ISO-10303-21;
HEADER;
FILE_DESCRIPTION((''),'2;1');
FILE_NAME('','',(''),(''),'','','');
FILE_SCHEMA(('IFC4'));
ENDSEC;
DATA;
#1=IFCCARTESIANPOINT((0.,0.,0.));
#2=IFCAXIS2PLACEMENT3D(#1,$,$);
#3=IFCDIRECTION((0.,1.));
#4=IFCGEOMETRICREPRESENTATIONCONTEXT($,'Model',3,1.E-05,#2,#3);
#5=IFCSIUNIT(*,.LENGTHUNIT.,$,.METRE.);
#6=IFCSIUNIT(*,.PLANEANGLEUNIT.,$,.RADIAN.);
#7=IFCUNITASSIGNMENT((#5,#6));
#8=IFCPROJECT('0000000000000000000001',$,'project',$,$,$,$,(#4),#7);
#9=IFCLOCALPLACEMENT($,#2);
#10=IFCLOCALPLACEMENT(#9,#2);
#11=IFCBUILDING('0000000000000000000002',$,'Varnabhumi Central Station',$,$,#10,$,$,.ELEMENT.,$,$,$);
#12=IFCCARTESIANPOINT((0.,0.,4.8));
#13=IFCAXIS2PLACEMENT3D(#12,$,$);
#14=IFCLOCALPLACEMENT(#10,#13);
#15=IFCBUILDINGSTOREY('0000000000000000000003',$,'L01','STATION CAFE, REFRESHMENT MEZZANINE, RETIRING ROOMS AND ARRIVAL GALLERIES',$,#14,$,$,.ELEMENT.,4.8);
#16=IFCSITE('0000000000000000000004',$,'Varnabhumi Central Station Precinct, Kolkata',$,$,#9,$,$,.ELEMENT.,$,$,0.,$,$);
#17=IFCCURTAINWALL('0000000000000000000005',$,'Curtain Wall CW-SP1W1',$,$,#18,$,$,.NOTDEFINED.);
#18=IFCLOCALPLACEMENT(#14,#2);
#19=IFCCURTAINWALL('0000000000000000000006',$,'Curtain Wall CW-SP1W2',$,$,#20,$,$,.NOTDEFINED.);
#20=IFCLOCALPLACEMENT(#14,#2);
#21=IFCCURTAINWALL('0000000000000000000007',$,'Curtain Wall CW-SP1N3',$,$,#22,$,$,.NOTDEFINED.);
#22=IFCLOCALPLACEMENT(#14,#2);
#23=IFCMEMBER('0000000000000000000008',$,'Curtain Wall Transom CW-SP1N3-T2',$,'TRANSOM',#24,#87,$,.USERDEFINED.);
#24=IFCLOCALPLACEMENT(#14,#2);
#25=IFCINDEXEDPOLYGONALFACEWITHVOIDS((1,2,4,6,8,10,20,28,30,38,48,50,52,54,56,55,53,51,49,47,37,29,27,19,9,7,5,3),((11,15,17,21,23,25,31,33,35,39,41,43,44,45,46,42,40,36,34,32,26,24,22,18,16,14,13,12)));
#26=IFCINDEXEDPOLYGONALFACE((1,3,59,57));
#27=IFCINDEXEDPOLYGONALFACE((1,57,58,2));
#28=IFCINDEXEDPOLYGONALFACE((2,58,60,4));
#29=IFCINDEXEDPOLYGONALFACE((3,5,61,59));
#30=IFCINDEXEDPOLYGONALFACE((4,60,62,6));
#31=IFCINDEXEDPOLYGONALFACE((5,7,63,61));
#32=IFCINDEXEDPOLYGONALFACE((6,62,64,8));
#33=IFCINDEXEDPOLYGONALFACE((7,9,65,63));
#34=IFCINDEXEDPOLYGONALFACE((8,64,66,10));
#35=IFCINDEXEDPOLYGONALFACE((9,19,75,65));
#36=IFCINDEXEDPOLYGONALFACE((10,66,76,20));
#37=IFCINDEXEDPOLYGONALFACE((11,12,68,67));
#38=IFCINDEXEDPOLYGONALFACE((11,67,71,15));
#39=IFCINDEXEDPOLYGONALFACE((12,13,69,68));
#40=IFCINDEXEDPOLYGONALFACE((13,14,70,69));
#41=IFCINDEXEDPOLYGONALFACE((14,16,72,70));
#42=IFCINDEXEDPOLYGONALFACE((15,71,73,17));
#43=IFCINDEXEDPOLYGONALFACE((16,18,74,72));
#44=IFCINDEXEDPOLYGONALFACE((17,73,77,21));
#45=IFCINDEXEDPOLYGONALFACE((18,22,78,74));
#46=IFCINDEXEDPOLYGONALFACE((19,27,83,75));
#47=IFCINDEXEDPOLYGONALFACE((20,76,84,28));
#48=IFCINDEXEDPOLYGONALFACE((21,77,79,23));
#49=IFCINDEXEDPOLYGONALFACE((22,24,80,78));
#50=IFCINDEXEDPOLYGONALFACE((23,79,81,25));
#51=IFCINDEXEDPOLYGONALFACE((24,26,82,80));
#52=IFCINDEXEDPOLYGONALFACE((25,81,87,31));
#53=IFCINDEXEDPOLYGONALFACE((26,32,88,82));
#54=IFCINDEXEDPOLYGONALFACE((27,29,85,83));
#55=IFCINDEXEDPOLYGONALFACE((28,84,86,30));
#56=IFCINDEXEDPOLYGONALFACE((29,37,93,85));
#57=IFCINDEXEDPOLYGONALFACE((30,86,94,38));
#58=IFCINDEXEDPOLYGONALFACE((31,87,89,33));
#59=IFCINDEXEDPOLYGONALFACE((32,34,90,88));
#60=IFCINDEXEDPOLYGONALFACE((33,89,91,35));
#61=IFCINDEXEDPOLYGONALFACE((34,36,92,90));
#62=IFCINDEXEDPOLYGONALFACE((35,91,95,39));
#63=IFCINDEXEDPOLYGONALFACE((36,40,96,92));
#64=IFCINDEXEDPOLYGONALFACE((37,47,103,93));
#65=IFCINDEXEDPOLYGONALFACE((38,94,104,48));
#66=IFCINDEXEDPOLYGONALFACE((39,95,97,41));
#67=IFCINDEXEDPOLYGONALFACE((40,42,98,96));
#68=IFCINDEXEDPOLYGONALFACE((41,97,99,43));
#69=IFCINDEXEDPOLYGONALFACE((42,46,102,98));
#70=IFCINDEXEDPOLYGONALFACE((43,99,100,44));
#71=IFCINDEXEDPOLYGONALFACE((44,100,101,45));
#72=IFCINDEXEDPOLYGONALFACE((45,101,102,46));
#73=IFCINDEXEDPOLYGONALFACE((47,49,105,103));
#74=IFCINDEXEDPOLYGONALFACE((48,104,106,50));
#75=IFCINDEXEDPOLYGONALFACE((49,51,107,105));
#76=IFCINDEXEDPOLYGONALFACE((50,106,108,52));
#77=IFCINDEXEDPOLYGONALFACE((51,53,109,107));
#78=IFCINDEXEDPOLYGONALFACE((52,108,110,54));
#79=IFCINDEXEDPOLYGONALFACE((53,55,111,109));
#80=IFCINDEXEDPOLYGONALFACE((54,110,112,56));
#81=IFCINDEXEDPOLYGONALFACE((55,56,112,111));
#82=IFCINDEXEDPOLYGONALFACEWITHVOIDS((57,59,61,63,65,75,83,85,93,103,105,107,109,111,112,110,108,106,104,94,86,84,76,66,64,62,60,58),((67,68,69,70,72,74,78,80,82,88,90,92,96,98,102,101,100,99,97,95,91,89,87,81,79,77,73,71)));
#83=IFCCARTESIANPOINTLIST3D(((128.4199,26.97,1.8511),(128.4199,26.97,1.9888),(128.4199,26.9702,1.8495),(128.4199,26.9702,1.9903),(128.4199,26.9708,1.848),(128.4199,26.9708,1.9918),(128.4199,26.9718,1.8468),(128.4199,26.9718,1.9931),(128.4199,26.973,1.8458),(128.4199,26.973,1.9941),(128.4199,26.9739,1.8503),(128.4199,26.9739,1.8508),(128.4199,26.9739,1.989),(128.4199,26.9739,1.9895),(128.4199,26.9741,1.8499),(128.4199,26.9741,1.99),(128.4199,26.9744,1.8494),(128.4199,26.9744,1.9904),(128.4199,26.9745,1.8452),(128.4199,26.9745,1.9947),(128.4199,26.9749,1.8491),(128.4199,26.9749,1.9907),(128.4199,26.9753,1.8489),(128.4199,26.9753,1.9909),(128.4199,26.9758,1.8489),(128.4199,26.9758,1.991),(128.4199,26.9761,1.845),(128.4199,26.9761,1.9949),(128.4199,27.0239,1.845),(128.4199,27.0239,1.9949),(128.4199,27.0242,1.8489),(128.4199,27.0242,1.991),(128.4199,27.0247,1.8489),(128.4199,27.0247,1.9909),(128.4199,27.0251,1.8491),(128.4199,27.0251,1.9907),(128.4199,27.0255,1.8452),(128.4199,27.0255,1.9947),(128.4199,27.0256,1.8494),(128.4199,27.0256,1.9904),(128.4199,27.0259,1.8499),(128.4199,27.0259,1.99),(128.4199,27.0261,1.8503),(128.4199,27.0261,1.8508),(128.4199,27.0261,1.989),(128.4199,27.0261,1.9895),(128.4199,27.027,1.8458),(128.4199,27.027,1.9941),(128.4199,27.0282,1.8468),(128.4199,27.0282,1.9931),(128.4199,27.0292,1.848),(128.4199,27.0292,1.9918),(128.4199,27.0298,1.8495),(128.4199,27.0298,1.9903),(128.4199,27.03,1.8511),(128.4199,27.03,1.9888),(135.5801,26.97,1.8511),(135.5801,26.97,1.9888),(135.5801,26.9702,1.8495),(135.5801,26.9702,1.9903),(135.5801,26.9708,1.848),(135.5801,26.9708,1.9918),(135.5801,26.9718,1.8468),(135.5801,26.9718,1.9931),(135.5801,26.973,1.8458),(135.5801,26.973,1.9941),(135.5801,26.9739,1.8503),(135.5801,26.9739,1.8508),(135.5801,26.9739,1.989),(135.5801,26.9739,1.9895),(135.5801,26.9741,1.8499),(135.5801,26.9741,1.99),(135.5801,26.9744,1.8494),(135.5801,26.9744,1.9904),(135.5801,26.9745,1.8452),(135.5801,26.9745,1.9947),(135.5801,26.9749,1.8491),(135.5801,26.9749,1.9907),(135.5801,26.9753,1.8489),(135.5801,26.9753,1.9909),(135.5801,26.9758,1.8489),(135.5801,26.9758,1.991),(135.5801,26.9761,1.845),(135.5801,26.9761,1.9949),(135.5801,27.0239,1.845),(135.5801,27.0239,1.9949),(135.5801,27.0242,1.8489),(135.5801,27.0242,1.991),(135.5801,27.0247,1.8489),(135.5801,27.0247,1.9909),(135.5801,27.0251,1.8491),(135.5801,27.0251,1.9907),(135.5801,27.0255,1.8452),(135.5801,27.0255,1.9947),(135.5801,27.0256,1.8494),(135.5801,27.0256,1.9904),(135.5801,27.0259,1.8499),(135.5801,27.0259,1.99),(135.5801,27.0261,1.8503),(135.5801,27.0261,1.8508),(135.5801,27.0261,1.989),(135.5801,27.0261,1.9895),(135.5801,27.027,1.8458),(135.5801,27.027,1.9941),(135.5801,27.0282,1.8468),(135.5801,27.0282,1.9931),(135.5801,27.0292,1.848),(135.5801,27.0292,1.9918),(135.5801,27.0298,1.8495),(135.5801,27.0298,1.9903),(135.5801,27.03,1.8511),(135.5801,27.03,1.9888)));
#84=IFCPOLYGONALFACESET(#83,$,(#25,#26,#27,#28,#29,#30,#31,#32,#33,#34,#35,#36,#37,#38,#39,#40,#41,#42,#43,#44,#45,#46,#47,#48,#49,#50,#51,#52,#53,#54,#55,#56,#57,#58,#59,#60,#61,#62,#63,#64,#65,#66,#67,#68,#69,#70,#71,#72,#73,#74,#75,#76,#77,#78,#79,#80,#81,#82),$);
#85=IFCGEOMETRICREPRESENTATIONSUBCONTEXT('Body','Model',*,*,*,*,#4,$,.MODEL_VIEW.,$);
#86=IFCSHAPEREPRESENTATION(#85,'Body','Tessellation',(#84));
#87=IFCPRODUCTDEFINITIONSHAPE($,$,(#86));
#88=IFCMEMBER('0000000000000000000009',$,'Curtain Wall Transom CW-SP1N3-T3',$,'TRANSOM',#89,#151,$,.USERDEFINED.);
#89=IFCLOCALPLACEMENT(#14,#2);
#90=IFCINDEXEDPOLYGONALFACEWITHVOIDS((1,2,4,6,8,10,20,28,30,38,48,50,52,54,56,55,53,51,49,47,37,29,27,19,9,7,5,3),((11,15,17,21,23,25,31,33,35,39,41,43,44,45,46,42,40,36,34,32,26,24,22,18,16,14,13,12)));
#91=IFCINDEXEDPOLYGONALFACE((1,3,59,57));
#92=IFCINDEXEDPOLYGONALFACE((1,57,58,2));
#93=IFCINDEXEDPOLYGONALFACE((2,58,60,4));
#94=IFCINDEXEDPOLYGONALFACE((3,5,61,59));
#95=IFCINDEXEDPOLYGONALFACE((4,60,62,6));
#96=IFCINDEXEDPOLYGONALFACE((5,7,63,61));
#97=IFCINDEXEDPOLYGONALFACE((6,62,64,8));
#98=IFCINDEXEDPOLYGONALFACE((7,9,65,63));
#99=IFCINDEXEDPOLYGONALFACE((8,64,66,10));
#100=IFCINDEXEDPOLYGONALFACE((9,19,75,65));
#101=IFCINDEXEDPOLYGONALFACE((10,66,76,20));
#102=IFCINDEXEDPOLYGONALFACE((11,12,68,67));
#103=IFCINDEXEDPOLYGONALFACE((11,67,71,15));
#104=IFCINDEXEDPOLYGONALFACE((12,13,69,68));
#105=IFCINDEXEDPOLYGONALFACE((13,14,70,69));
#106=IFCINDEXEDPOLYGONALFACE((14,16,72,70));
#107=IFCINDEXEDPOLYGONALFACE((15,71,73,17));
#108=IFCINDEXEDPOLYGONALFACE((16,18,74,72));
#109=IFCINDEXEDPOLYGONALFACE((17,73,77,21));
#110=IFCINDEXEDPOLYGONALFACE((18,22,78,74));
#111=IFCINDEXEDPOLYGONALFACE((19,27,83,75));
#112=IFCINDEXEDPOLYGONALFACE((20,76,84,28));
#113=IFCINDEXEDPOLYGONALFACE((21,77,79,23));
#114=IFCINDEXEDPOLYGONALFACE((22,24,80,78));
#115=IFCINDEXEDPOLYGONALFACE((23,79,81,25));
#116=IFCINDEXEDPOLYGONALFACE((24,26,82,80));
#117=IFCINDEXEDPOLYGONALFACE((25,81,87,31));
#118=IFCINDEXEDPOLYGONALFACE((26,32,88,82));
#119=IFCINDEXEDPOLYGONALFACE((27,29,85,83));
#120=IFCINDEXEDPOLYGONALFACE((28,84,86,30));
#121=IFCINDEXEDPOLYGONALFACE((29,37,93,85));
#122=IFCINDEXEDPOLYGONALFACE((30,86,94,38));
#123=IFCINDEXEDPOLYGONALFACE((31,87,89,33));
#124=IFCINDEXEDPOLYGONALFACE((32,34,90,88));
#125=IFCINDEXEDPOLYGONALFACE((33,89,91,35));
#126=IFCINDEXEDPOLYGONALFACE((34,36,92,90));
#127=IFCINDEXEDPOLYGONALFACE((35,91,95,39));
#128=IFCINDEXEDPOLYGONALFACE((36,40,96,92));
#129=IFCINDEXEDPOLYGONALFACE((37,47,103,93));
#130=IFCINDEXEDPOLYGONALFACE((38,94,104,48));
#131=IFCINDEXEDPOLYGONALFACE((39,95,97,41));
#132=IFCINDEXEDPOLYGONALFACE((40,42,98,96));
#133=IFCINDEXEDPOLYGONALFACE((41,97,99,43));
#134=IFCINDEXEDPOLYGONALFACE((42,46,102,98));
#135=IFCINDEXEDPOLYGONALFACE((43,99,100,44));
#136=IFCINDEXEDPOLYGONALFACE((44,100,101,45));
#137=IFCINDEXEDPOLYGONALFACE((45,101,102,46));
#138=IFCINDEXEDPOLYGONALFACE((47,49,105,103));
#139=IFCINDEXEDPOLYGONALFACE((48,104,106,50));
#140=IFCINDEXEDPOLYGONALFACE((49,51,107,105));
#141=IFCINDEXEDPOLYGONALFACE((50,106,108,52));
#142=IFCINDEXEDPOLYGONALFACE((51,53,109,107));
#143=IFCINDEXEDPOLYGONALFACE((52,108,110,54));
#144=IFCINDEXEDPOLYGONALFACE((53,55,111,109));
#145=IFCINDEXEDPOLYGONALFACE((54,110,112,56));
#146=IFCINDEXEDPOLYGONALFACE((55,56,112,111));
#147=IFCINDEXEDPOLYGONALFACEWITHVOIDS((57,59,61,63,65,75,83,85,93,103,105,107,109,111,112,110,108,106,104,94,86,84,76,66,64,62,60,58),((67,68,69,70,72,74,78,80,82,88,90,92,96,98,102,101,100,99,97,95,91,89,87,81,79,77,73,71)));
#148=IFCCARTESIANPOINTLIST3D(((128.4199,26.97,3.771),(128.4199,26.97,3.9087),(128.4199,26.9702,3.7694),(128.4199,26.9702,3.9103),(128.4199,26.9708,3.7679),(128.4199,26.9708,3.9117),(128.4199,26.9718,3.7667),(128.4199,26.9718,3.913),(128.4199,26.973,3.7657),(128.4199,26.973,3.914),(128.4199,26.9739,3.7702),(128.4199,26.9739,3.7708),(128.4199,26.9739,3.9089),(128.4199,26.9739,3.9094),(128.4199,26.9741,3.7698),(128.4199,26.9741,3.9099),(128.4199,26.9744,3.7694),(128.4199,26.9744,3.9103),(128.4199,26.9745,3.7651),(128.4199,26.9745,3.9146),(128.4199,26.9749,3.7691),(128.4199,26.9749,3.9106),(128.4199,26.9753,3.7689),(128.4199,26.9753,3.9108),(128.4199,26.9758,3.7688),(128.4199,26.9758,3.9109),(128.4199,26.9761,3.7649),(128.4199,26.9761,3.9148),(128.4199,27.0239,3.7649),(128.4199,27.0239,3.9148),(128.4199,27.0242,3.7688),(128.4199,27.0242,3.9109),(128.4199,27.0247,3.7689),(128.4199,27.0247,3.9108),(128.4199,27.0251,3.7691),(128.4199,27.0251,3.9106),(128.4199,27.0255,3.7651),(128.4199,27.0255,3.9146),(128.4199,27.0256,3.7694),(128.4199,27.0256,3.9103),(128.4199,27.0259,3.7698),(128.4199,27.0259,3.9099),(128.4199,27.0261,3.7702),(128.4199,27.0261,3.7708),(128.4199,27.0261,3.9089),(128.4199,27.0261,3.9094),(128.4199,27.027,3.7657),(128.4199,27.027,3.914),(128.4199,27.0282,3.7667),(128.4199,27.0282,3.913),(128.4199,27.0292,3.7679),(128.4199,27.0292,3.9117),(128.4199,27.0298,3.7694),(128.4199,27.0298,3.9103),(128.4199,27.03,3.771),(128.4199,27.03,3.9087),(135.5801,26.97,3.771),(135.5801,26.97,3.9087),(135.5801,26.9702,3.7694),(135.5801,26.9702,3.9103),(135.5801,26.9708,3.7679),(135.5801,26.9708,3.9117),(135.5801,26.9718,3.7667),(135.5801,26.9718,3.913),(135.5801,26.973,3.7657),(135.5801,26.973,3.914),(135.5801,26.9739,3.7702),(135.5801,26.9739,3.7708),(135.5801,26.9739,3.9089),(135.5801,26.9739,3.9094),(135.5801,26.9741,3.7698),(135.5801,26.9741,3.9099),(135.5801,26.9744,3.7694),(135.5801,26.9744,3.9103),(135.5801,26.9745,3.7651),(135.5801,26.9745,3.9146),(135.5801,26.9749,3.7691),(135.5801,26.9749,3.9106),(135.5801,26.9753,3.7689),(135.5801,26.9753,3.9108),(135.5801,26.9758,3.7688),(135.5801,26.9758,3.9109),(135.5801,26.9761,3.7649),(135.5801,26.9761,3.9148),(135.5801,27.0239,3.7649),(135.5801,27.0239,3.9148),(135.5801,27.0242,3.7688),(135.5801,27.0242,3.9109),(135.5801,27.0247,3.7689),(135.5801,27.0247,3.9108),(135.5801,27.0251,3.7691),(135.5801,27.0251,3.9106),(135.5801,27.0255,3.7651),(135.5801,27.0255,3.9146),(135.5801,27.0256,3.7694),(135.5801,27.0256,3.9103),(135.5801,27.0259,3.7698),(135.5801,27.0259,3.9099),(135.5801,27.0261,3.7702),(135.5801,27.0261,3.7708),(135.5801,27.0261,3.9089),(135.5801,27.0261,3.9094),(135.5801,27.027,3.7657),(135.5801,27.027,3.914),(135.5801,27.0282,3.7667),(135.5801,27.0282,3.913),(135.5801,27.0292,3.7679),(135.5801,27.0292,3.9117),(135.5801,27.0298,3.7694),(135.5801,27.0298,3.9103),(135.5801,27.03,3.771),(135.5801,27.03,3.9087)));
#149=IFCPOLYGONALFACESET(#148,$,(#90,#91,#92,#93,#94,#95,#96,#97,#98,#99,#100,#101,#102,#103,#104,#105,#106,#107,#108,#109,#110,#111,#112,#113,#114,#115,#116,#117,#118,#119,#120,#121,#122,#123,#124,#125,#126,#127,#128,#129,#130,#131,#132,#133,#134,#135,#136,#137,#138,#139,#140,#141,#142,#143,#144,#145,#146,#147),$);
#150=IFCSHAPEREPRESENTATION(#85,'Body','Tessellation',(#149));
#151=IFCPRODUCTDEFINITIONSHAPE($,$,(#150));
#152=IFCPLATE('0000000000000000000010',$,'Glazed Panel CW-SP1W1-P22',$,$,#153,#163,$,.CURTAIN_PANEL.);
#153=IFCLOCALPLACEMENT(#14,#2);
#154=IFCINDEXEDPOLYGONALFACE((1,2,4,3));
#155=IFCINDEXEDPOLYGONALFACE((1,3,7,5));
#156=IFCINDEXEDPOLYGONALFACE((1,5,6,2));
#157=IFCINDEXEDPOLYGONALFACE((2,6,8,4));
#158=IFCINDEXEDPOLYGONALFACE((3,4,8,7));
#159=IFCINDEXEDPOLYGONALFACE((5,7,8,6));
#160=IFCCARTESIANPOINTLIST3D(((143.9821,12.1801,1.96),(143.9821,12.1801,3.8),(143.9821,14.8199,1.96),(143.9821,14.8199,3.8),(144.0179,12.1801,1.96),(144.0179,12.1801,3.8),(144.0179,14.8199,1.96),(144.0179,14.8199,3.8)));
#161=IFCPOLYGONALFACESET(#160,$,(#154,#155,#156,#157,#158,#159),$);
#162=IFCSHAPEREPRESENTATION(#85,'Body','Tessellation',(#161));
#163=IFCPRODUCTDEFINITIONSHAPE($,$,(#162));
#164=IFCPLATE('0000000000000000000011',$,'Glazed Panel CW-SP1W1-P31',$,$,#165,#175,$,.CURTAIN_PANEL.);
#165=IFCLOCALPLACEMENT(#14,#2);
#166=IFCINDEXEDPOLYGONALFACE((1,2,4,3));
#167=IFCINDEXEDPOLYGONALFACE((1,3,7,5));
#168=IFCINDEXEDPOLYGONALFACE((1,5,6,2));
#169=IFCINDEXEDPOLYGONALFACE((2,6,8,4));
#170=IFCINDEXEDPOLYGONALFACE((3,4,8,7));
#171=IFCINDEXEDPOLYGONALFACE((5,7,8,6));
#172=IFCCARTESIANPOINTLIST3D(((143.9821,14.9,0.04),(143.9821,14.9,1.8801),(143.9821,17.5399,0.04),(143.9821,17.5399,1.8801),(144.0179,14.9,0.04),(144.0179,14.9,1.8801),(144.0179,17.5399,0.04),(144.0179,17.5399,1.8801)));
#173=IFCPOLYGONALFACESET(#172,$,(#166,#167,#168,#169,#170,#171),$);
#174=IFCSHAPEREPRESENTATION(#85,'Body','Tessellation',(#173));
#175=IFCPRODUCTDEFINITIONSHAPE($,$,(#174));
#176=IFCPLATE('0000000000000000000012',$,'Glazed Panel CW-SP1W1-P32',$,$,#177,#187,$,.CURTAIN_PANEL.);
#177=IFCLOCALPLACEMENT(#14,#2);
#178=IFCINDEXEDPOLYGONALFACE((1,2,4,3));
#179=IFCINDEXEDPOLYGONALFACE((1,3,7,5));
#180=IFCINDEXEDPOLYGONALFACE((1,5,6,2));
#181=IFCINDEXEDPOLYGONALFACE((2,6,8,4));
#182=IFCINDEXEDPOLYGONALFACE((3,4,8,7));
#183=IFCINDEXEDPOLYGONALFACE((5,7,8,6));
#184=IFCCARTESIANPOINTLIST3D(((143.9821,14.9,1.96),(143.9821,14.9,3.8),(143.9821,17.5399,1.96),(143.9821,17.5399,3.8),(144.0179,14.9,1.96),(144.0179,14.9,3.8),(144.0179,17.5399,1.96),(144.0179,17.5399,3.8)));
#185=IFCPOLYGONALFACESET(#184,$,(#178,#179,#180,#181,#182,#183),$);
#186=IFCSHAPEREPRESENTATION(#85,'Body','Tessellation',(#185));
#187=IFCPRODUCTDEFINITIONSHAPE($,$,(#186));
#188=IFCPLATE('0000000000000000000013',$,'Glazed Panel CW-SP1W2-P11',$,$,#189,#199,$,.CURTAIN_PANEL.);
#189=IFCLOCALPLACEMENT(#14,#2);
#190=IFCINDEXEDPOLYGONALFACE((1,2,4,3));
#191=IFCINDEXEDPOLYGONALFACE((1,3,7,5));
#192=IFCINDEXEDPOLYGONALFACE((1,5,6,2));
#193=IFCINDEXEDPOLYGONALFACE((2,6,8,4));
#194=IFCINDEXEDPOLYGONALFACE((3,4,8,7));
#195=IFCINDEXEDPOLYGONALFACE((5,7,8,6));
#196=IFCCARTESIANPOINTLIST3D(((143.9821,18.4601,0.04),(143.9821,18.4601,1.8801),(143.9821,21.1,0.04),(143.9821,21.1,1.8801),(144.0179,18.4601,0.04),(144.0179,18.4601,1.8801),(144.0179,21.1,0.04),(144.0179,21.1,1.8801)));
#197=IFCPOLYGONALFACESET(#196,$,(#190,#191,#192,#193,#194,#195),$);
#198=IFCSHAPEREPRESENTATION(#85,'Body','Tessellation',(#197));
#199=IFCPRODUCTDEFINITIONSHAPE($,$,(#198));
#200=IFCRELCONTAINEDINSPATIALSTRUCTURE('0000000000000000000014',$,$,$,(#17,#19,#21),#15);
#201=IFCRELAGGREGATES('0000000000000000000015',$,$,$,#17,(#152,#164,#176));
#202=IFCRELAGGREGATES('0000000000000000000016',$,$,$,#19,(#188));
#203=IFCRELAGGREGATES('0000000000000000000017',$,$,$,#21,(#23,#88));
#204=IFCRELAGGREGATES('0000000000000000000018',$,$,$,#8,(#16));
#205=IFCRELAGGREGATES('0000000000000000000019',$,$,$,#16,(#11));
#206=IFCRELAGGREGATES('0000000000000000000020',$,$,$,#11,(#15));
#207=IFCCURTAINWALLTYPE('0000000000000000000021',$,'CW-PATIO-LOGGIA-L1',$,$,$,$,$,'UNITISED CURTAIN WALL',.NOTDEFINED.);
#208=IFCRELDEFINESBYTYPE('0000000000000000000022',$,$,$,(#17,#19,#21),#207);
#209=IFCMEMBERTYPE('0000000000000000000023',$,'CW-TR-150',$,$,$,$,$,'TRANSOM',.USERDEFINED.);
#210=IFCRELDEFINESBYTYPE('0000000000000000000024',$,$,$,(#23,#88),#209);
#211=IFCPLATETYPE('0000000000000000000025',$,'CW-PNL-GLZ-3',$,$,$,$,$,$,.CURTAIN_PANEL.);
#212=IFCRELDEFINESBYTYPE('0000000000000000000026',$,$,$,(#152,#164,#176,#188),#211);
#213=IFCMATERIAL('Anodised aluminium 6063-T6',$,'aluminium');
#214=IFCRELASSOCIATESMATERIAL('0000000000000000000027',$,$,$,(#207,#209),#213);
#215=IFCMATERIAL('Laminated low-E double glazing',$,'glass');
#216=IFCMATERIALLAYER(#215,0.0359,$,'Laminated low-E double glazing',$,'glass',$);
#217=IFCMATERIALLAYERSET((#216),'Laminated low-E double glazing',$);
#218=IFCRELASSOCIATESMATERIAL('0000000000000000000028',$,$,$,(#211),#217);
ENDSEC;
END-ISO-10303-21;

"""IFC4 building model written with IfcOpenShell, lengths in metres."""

from ifc_helpers import new_model, si_unit, direction, frame, origin, origin_2d, place, context, subcontext, project, spatial, rectangle, hollow_rectangle, extrude, material, layer, layer_set, material_profile, profile_set, type_object, element, aggregate, save


model = new_model("IFC4")

# Units and contexts
model_context = context("Model", 3, precision=1e-05, world=origin(), true_north=direction((0.0, 1.0)))
body_context = subcontext(model_context, "Body", "Model", "MODEL_VIEW")
ifc_project = project(units=[si_unit("LENGTHUNIT", "METRE"), si_unit("PLANEANGLEUNIT", "RADIAN")], contexts=[model_context])

# Site, building, storey
site_placement = place(None, origin())
site = spatial("IfcSite", under=ifc_project, at=site_placement, Name="Varnabhumi Central Station Precinct, Kolkata", CompositionType="ELEMENT", RefElevation=0.0)
building_placement = place(site_placement, origin())
building = spatial("IfcBuilding", under=site, at=building_placement, Name="Varnabhumi Central Station", CompositionType="ELEMENT")
storey_placement = place(building_placement, frame((0.0, 0.0, 4.8)))
storey = spatial("IfcBuildingStorey", under=building, at=storey_placement, Name="L01", Description="STATION CAFE, REFRESHMENT MEZZANINE, RETIRING ROOMS AND ARRIVAL GALLERIES", CompositionType="ELEMENT", Elevation=4.8)

# Curtain walls
ifc_material_1 = material(Name="Anodised aluminium 6063-T6", Category="aluminium")
curtain_wall_type = type_object("IfcCurtainWallType", Name="CW-PATIO-LOGGIA-L1", ElementType="UNITISED CURTAIN WALL", PredefinedType="NOTDEFINED", material=ifc_material_1)
curtain_wall_1_placement = place(storey_placement, origin())
curtain_wall_1 = element("IfcCurtainWall", 1, at=curtain_wall_1_placement, inside=storey, type_object=curtain_wall_type, Name="Curtain Wall CW-SP1W1", PredefinedType="NOTDEFINED")
curtain_wall_2_placement = place(storey_placement, origin())
curtain_wall_2 = element("IfcCurtainWall", 2, at=curtain_wall_2_placement, inside=storey, type_object=curtain_wall_type, Name="Curtain Wall CW-SP1W2", PredefinedType="NOTDEFINED")
curtain_wall_3_placement = place(storey_placement, origin())
curtain_wall_3 = element("IfcCurtainWall", 3, at=curtain_wall_3_placement, inside=storey, type_object=curtain_wall_type, Name="Curtain Wall CW-SP1N3", PredefinedType="NOTDEFINED")

# Members
ifc_material_profile_1 = material_profile(ifc_material_1, hollow_rectangle(XDim=0.0601, YDim=0.1499, WallThickness=0.0039, InnerFilletRadius=0.002, OuterFilletRadius=0.0061, at=origin_2d()), Name="Anodised aluminium 6063-T6", Category="aluminium")
ifc_profile_set_1 = profile_set([ifc_material_profile_1], Name="Anodised aluminium 6063-T6")
member_type_1 = type_object("IfcMemberType", Name="CW-TR-150", ElementType="TRANSOM", PredefinedType="USERDEFINED", material=ifc_profile_set_1)
member_1_placement = place(storey_placement, frame((128.4199, 27.0, 1.9199), z_axis=(1.0, 0.0, 0.0), x_axis=(0.0, 1.0, 0.0)))
member_1 = element("IfcMember", 4, at=member_1_placement, type_object=member_type_1, Name="Curtain Wall Transom CW-SP1N3-T2", ObjectType="TRANSOM", PredefinedType="USERDEFINED", context=body_context, shape_type="SweptSolid", body=[
    extrude(hollow_rectangle(XDim=0.0601, YDim=0.1499, WallThickness=0.0039, InnerFilletRadius=0.002, OuterFilletRadius=0.0061, at=origin_2d()), origin(), (0.0, 0.0, 1.0), 7.1602),
])
member_2_placement = place(storey_placement, frame((128.4199, 27.0, 3.8398), z_axis=(1.0, 0.0, 0.0), x_axis=(0.0, 1.0, 0.0)))
member_2 = element("IfcMember", 5, at=member_2_placement, type_object=member_type_1, Name="Curtain Wall Transom CW-SP1N3-T3", ObjectType="TRANSOM", PredefinedType="USERDEFINED", context=body_context, shape_type="SweptSolid", body=[
    extrude(hollow_rectangle(XDim=0.0601, YDim=0.1499, WallThickness=0.0039, InnerFilletRadius=0.002, OuterFilletRadius=0.0061, at=origin_2d()), origin(), (0.0, 0.0, 1.0), 7.1602),
])

# Plates
ifc_material_2 = material(Name="Laminated low-E double glazing", Category="glass")
ifc_layer_1 = layer(ifc_material_2, 0.0359, Name="Laminated low-E double glazing", Category="glass")
ifc_layer_set_1 = layer_set([ifc_layer_1], Name="Laminated low-E double glazing")
plate_type_1 = type_object("IfcPlateType", Name="CW-PNL-GLZ-3", PredefinedType="CURTAIN_PANEL", material=ifc_layer_set_1)
plate_1_placement = place(storey_placement, frame((144.0, 13.5, 1.96), z_axis=(0.0, 0.0, 1.0), x_axis=(0.0, 1.0, 0.0)))
plate_1 = element("IfcPlate", 6, at=plate_1_placement, type_object=plate_type_1, Name="Glazed Panel CW-SP1W1-P22", PredefinedType="CURTAIN_PANEL", context=body_context, shape_type="SweptSolid", body=[
    extrude(rectangle(XDim=2.6399, YDim=0.0359, at=origin_2d()), origin(), (0.0, 0.0, 1.0), 1.8401),
])
plate_2_placement = place(storey_placement, frame((144.0, 16.22, 0.04), z_axis=(0.0, 0.0, 1.0), x_axis=(0.0, 1.0, 0.0)))
plate_2 = element("IfcPlate", 7, at=plate_2_placement, type_object=plate_type_1, Name="Glazed Panel CW-SP1W1-P31", PredefinedType="CURTAIN_PANEL", context=body_context, shape_type="SweptSolid", body=[
    extrude(rectangle(XDim=2.6399, YDim=0.0359, at=origin_2d()), origin(), (0.0, 0.0, 1.0), 1.8401),
])
plate_3_placement = place(storey_placement, frame((144.0, 16.22, 1.96), z_axis=(0.0, 0.0, 1.0), x_axis=(0.0, 1.0, 0.0)))
plate_3 = element("IfcPlate", 8, at=plate_3_placement, type_object=plate_type_1, Name="Glazed Panel CW-SP1W1-P32", PredefinedType="CURTAIN_PANEL", context=body_context, shape_type="SweptSolid", body=[
    extrude(rectangle(XDim=2.6399, YDim=0.0359, at=origin_2d()), origin(), (0.0, 0.0, 1.0), 1.8401),
])
aggregate(curtain_wall_1, [plate_1, plate_2, plate_3])
plate_4_placement = place(storey_placement, frame((144.0, 19.78, 0.04), z_axis=(0.0, 0.0, 1.0), x_axis=(0.0, 1.0, 0.0)))
plate_4 = element("IfcPlate", 9, at=plate_4_placement, type_object=plate_type_1, Name="Glazed Panel CW-SP1W2-P11", PredefinedType="CURTAIN_PANEL", context=body_context, shape_type="SweptSolid", body=[
    extrude(rectangle(XDim=2.6399, YDim=0.0359, at=origin_2d()), origin(), (0.0, 0.0, 1.0), 1.8401),
])
aggregate(curtain_wall_2, [plate_4])
aggregate(curtain_wall_3, [member_1, member_2])

save(model, "model.ifc")
